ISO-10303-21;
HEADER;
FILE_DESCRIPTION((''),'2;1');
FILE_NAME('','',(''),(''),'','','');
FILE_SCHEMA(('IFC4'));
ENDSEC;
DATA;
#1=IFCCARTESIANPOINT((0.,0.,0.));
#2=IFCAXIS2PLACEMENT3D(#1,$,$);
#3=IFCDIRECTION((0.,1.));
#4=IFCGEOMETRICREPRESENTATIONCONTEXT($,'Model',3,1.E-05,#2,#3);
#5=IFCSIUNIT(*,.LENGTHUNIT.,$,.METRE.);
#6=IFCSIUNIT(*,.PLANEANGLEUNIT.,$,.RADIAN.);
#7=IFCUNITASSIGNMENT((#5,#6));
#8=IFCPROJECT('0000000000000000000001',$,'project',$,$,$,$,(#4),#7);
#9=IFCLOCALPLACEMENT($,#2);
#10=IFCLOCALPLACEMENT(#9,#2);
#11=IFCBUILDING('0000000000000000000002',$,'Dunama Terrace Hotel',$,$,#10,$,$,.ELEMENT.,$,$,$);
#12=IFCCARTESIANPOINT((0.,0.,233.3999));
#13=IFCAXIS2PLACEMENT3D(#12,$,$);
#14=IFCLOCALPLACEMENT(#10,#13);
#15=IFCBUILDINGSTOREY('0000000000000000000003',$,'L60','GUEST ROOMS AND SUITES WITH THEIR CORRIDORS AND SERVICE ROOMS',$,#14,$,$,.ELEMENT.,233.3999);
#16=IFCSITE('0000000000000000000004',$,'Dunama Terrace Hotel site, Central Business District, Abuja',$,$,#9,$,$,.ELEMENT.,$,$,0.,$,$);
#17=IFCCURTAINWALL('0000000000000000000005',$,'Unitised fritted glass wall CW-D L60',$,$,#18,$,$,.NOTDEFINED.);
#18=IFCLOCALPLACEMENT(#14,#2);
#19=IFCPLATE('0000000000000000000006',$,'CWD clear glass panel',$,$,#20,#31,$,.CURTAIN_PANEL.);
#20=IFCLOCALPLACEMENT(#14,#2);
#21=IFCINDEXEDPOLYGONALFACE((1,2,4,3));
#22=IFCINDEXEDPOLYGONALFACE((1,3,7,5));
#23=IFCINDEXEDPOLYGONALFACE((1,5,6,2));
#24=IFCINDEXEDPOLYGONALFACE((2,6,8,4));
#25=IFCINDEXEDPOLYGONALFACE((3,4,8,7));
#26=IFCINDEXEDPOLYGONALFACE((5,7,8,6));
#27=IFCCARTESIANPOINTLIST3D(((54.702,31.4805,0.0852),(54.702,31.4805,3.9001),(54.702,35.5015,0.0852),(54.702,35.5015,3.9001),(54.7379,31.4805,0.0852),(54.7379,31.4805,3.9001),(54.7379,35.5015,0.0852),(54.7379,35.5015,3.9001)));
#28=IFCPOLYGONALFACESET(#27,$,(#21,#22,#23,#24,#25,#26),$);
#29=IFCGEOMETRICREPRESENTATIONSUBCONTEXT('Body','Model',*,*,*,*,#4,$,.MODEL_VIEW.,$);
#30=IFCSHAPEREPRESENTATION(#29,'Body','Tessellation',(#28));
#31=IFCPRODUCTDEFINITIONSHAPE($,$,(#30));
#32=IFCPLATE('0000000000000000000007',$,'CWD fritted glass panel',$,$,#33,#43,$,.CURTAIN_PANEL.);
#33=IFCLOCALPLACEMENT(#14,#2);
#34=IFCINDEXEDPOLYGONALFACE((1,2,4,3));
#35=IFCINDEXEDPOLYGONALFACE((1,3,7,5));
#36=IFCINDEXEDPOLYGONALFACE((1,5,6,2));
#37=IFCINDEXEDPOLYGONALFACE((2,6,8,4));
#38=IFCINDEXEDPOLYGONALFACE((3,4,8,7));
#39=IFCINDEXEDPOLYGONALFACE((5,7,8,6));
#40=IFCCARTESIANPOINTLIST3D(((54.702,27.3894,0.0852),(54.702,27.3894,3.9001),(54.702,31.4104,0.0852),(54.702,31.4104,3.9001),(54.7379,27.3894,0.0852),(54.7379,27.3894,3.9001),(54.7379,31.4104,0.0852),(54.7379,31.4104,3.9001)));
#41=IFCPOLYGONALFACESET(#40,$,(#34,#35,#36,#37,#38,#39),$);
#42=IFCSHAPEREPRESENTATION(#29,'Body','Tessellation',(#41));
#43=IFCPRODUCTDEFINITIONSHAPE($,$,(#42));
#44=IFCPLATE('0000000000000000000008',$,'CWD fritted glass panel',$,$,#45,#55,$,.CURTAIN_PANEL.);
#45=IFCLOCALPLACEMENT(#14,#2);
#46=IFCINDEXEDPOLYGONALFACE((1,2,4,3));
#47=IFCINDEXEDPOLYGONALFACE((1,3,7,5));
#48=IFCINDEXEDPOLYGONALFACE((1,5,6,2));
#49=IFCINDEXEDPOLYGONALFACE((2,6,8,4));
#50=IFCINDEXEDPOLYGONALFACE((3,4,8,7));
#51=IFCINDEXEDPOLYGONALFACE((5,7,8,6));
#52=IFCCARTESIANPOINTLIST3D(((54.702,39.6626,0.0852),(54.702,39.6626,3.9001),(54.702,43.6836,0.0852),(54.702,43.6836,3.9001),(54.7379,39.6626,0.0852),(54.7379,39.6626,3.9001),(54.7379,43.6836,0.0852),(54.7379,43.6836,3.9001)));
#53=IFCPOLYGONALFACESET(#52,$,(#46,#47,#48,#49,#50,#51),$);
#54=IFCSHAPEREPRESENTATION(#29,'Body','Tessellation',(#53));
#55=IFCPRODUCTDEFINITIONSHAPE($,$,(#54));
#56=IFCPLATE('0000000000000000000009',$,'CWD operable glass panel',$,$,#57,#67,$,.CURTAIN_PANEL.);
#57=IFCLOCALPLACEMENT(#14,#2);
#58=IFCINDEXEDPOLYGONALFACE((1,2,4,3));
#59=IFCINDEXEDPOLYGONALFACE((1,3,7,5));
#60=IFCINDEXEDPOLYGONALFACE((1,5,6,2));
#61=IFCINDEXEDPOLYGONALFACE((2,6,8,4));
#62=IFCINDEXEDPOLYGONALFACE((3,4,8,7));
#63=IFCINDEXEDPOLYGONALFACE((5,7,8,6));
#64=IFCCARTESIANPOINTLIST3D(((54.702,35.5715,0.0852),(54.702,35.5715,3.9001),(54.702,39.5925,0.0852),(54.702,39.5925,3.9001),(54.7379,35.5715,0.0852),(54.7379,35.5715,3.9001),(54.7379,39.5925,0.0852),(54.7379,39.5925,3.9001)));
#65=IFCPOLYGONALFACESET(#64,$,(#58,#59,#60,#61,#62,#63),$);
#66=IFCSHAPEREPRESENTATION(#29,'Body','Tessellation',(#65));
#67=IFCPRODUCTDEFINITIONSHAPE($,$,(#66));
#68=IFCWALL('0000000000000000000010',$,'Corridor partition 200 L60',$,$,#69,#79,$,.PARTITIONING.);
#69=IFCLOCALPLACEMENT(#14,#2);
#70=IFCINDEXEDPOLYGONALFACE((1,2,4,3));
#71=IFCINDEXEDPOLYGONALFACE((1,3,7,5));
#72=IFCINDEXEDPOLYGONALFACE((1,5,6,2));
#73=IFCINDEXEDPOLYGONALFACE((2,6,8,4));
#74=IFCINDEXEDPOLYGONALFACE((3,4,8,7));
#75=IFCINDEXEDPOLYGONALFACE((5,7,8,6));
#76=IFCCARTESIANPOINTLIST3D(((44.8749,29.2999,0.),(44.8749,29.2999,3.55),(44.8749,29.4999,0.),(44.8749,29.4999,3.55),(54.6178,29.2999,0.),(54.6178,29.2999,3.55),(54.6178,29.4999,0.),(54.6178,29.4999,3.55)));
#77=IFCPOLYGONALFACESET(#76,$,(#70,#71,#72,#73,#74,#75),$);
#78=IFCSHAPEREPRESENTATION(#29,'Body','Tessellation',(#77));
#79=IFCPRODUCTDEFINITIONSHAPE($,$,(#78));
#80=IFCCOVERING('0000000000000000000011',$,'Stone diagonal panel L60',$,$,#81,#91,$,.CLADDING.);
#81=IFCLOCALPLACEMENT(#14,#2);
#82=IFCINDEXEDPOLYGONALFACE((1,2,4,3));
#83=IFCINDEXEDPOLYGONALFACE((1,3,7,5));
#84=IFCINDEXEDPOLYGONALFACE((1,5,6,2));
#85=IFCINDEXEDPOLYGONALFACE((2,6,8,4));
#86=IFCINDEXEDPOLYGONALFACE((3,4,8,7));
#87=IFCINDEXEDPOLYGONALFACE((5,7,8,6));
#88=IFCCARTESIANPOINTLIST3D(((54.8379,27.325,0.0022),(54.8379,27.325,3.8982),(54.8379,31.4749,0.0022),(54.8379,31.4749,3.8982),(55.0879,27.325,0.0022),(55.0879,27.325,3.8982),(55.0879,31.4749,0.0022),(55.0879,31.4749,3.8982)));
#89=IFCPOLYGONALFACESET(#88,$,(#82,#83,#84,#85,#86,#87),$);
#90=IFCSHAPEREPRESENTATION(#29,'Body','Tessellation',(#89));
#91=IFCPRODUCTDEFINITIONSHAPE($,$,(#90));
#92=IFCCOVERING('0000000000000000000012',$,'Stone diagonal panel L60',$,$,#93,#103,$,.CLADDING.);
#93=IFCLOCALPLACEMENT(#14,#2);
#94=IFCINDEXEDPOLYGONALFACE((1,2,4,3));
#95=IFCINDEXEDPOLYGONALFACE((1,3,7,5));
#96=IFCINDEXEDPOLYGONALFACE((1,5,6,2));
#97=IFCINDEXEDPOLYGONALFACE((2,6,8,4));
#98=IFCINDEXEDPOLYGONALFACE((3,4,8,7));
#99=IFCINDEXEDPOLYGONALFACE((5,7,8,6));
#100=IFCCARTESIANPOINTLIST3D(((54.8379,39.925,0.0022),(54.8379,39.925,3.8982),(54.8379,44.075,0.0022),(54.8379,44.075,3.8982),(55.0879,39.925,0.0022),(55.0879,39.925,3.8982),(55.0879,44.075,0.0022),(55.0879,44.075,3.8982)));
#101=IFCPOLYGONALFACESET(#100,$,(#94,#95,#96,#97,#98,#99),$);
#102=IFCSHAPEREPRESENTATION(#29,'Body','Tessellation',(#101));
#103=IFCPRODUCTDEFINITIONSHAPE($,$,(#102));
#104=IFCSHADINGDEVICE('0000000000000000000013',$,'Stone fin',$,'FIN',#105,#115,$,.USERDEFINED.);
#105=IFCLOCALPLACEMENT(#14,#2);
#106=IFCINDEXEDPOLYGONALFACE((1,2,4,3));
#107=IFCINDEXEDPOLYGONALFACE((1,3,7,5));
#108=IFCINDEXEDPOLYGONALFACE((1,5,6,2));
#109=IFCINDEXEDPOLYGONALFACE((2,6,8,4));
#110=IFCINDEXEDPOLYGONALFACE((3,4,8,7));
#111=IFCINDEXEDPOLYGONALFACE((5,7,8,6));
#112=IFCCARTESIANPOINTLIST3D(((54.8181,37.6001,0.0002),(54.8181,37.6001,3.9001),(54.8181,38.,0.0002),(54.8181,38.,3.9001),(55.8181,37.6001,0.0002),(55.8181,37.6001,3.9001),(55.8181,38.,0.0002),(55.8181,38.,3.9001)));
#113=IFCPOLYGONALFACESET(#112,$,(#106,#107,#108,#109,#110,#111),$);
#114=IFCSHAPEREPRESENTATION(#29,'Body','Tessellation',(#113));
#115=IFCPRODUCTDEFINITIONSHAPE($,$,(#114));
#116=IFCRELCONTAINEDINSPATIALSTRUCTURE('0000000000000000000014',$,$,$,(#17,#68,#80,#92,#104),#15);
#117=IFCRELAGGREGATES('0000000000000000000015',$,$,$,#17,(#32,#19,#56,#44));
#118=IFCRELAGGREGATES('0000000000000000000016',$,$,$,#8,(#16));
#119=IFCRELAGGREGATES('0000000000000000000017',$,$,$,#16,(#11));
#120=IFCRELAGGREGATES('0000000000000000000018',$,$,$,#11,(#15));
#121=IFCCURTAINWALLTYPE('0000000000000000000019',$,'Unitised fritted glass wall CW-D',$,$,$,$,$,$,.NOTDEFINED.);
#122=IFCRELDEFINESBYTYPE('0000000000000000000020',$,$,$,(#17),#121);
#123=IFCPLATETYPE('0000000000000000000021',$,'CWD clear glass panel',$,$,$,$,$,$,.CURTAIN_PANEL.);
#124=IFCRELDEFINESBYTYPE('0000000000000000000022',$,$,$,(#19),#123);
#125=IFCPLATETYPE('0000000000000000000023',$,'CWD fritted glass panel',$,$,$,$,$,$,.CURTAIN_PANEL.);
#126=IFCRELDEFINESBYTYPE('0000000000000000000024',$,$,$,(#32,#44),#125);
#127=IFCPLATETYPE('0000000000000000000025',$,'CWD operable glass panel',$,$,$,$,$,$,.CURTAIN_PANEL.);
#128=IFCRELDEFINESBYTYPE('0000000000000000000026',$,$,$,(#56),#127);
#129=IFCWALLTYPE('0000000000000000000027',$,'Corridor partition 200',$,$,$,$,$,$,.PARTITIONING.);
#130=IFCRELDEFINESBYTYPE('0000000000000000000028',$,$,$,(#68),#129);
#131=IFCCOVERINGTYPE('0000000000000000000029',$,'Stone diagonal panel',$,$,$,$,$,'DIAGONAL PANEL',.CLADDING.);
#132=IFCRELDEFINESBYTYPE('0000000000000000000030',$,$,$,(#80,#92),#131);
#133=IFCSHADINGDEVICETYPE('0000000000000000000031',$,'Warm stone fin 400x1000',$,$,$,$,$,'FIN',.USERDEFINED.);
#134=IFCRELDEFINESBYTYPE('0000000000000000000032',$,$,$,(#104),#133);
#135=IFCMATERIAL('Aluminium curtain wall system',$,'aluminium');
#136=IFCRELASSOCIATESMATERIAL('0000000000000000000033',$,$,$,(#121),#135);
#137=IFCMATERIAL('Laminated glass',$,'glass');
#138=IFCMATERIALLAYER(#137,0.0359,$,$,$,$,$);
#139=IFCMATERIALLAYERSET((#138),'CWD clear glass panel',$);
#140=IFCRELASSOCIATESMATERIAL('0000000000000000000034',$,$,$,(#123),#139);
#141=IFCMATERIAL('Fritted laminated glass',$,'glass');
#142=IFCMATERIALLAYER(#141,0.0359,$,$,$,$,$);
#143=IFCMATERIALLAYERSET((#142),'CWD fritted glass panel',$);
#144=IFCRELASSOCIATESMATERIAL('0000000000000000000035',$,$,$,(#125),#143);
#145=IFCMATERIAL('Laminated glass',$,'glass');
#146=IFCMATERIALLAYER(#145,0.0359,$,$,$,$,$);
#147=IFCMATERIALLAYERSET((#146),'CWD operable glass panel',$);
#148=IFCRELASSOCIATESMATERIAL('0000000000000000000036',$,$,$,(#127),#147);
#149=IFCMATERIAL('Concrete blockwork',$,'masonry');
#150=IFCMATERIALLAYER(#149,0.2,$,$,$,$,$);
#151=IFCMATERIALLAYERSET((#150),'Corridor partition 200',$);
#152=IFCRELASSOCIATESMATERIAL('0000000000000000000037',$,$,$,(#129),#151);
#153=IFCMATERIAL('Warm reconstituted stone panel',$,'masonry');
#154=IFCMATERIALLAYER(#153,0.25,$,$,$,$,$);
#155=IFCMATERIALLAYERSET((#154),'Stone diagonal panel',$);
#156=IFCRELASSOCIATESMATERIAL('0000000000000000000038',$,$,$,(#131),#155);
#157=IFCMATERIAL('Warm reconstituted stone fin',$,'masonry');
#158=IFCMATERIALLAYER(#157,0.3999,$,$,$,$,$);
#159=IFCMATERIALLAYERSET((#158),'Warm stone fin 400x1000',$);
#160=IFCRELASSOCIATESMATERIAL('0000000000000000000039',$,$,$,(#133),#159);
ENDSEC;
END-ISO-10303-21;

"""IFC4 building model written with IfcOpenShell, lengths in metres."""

from ifc_helpers import new_model, si_unit, direction, frame, frame_2d, origin, origin_2d, place, context, subcontext, project, spatial, rectangle, extrude, material, layer, layer_set, type_object, element, aggregate, save


model = new_model("IFC4")

# Units and contexts
model_context = context("Model", 3, precision=1e-05, world=origin(), true_north=direction((0.0, 1.0)))
body_context = subcontext(model_context, "Body", "Model", "MODEL_VIEW")
ifc_project = project(units=[si_unit("LENGTHUNIT", "METRE"), si_unit("PLANEANGLEUNIT", "RADIAN")], contexts=[model_context])

# Site, building, storey
site_placement = place(None, origin())
site = spatial("IfcSite", under=ifc_project, at=site_placement, Name="Dunama Terrace Hotel site, Central Business District, Abuja", CompositionType="ELEMENT", RefElevation=0.0)
building_placement = place(site_placement, origin())
building = spatial("IfcBuilding", under=site, at=building_placement, Name="Dunama Terrace Hotel", CompositionType="ELEMENT")
storey_placement = place(building_placement, frame((0.0, 0.0, 233.3999)))
storey = spatial("IfcBuildingStorey", under=building, at=storey_placement, Name="L60", Description="GUEST ROOMS AND SUITES WITH THEIR CORRIDORS AND SERVICE ROOMS", CompositionType="ELEMENT", Elevation=233.3999)

# Curtain wall
ifc_material_1 = material(Name="Aluminium curtain wall system", Category="aluminium")
curtain_wall_type = type_object("IfcCurtainWallType", Name="Unitised fritted glass wall CW-D", PredefinedType="NOTDEFINED", material=ifc_material_1)
curtain_wall_placement = place(storey_placement, origin())
curtain_wall = element("IfcCurtainWall", 1, at=curtain_wall_placement, inside=storey, type_object=curtain_wall_type, Name="Unitised fritted glass wall CW-D L60", PredefinedType="NOTDEFINED")

# Plates
ifc_material_2 = material(Name="Laminated glass", Category="glass")
ifc_layer_1 = layer(ifc_material_2, 0.0359)
ifc_layer_set_1 = layer_set([ifc_layer_1], Name="CWD clear glass panel")
plate_type_1 = type_object("IfcPlateType", Name="CWD clear glass panel", PredefinedType="CURTAIN_PANEL", material=ifc_layer_set_1)
plate_1_placement = place(storey_placement, frame((54.72, 33.491, 0.0852), z_axis=(0.0, 0.0, 1.0), x_axis=(0.0, 1.0, 0.0)))
plate_1 = element("IfcPlate", 2, at=plate_1_placement, type_object=plate_type_1, Name="CWD clear glass panel", PredefinedType="CURTAIN_PANEL", context=body_context, shape_type="SweptSolid", body=[
    extrude(rectangle(XDim=4.021, YDim=0.0359, at=origin_2d()), origin(), (0.0, 0.0, 1.0), 3.8149),
])
ifc_material_3 = material(Name="Fritted laminated glass", Category="glass")
ifc_layer_2 = layer(ifc_material_3, 0.0359)
ifc_layer_set_2 = layer_set([ifc_layer_2], Name="CWD fritted glass panel")
plate_type_2 = type_object("IfcPlateType", Name="CWD fritted glass panel", PredefinedType="CURTAIN_PANEL", material=ifc_layer_set_2)
plate_2_placement = place(storey_placement, frame((54.72, 29.3999, 0.0852), z_axis=(0.0, 0.0, 1.0), x_axis=(0.0, 1.0, 0.0)))
plate_2 = element("IfcPlate", 3, at=plate_2_placement, type_object=plate_type_2, Name="CWD fritted glass panel", PredefinedType="CURTAIN_PANEL", context=body_context, shape_type="SweptSolid", body=[
    extrude(rectangle(XDim=4.021, YDim=0.0359, at=origin_2d()), origin(), (0.0, 0.0, 1.0), 3.8149),
])
plate_3_placement = place(storey_placement, frame((54.72, 41.6731, 0.0852), z_axis=(0.0, 0.0, 1.0), x_axis=(0.0, 1.0, 0.0)))
plate_3 = element("IfcPlate", 4, at=plate_3_placement, type_object=plate_type_2, Name="CWD fritted glass panel", PredefinedType="CURTAIN_PANEL", context=body_context, shape_type="SweptSolid", body=[
    extrude(rectangle(XDim=4.021, YDim=0.0359, at=origin_2d()), origin(), (0.0, 0.0, 1.0), 3.8149),
])
ifc_material_4 = material(Name="Laminated glass", Category="glass")
ifc_layer_3 = layer(ifc_material_4, 0.0359)
ifc_layer_set_3 = layer_set([ifc_layer_3], Name="CWD operable glass panel")
plate_type_3 = type_object("IfcPlateType", Name="CWD operable glass panel", PredefinedType="CURTAIN_PANEL", material=ifc_layer_set_3)
plate_4_placement = place(storey_placement, frame((54.72, 37.582, 0.0852), z_axis=(0.0, 0.0, 1.0), x_axis=(0.0, 1.0, 0.0)))
plate_4 = element("IfcPlate", 5, at=plate_4_placement, type_object=plate_type_3, Name="CWD operable glass panel", PredefinedType="CURTAIN_PANEL", context=body_context, shape_type="SweptSolid", body=[
    extrude(rectangle(XDim=4.021, YDim=0.0359, at=origin_2d()), origin(), (0.0, 0.0, 1.0), 3.8149),
])
aggregate(curtain_wall, [plate_2, plate_1, plate_4, plate_3])

# Wall
ifc_material_5 = material(Name="Concrete blockwork", Category="masonry")
ifc_layer_4 = layer(ifc_material_5, 0.2)
ifc_layer_set_4 = layer_set([ifc_layer_4], Name="Corridor partition 200")
wall_type = type_object("IfcWallType", Name="Corridor partition 200", PredefinedType="PARTITIONING", material=ifc_layer_set_4)
wall_placement = place(storey_placement, frame((54.6179, 29.3999, 0.0), z_axis=(0.0, 0.0, 1.0), x_axis=(-1.0, 0.0, 0.0)))
element("IfcWall", 6, at=wall_placement, inside=storey, type_object=wall_type, Name="Corridor partition 200 L60", PredefinedType="PARTITIONING", context=body_context, shape_type="SweptSolid", body=[
    extrude(rectangle(XDim=9.7429, YDim=0.2, at=frame_2d((4.8716, 0.0))), origin(), (0.0, 0.0, 1.0), 3.55),
])

# Coverings
ifc_material_6 = material(Name="Warm reconstituted stone panel", Category="masonry")
ifc_layer_5 = layer(ifc_material_6, 0.25)
ifc_layer_set_5 = layer_set([ifc_layer_5], Name="Stone diagonal panel")
covering_type = type_object("IfcCoveringType", Name="Stone diagonal panel", ElementType="DIAGONAL PANEL", PredefinedType="CLADDING", material=ifc_layer_set_5)
for number, where, z_axis, x_axis, name in (
    (7, (54.9629, 29.3999, 0.0022), (0.0, 0.0, 1.0), (0.0, 1.0, 0.0), "Stone diagonal panel L60"),
    (8, (54.9629, 42.0, 0.0022), (0.0, 0.0, 1.0), (0.0, 1.0, 0.0), "Stone diagonal panel L60"),
):
    element("IfcCovering", number, at=place(storey_placement, frame(where, z_axis=z_axis, x_axis=x_axis)), inside=storey, type_object=covering_type, Name=name, PredefinedType="CLADDING", context=body_context, shape_type="SweptSolid", body=[
        extrude(rectangle(XDim=4.1499, YDim=0.25, at=origin_2d()), origin(), (0.0, 0.0, 1.0), 3.896),
    ])

# Shading device
ifc_material_7 = material(Name="Warm reconstituted stone fin", Category="masonry")
ifc_layer_6 = layer(ifc_material_7, 0.3999)
ifc_layer_set_6 = layer_set([ifc_layer_6], Name="Warm stone fin 400x1000")
shading_device_type = type_object("IfcShadingDeviceType", Name="Warm stone fin 400x1000", ElementType="FIN", PredefinedType="USERDEFINED", material=ifc_layer_set_6)
shading_device_placement = place(storey_placement, frame((55.3181, 37.8, 0.0002), z_axis=(0.0, 0.0, 1.0), x_axis=(0.0, 1.0, 0.0)))
element("IfcShadingDevice", 9, at=shading_device_placement, inside=storey, type_object=shading_device_type, Name="Stone fin", ObjectType="FIN", PredefinedType="USERDEFINED", context=body_context, shape_type="SweptSolid", body=[
    extrude(rectangle(XDim=0.3999, YDim=1.0, at=origin_2d()), origin(), (0.0, 0.0, 1.0), 3.8999),
])

save(model, "model.ifc")
